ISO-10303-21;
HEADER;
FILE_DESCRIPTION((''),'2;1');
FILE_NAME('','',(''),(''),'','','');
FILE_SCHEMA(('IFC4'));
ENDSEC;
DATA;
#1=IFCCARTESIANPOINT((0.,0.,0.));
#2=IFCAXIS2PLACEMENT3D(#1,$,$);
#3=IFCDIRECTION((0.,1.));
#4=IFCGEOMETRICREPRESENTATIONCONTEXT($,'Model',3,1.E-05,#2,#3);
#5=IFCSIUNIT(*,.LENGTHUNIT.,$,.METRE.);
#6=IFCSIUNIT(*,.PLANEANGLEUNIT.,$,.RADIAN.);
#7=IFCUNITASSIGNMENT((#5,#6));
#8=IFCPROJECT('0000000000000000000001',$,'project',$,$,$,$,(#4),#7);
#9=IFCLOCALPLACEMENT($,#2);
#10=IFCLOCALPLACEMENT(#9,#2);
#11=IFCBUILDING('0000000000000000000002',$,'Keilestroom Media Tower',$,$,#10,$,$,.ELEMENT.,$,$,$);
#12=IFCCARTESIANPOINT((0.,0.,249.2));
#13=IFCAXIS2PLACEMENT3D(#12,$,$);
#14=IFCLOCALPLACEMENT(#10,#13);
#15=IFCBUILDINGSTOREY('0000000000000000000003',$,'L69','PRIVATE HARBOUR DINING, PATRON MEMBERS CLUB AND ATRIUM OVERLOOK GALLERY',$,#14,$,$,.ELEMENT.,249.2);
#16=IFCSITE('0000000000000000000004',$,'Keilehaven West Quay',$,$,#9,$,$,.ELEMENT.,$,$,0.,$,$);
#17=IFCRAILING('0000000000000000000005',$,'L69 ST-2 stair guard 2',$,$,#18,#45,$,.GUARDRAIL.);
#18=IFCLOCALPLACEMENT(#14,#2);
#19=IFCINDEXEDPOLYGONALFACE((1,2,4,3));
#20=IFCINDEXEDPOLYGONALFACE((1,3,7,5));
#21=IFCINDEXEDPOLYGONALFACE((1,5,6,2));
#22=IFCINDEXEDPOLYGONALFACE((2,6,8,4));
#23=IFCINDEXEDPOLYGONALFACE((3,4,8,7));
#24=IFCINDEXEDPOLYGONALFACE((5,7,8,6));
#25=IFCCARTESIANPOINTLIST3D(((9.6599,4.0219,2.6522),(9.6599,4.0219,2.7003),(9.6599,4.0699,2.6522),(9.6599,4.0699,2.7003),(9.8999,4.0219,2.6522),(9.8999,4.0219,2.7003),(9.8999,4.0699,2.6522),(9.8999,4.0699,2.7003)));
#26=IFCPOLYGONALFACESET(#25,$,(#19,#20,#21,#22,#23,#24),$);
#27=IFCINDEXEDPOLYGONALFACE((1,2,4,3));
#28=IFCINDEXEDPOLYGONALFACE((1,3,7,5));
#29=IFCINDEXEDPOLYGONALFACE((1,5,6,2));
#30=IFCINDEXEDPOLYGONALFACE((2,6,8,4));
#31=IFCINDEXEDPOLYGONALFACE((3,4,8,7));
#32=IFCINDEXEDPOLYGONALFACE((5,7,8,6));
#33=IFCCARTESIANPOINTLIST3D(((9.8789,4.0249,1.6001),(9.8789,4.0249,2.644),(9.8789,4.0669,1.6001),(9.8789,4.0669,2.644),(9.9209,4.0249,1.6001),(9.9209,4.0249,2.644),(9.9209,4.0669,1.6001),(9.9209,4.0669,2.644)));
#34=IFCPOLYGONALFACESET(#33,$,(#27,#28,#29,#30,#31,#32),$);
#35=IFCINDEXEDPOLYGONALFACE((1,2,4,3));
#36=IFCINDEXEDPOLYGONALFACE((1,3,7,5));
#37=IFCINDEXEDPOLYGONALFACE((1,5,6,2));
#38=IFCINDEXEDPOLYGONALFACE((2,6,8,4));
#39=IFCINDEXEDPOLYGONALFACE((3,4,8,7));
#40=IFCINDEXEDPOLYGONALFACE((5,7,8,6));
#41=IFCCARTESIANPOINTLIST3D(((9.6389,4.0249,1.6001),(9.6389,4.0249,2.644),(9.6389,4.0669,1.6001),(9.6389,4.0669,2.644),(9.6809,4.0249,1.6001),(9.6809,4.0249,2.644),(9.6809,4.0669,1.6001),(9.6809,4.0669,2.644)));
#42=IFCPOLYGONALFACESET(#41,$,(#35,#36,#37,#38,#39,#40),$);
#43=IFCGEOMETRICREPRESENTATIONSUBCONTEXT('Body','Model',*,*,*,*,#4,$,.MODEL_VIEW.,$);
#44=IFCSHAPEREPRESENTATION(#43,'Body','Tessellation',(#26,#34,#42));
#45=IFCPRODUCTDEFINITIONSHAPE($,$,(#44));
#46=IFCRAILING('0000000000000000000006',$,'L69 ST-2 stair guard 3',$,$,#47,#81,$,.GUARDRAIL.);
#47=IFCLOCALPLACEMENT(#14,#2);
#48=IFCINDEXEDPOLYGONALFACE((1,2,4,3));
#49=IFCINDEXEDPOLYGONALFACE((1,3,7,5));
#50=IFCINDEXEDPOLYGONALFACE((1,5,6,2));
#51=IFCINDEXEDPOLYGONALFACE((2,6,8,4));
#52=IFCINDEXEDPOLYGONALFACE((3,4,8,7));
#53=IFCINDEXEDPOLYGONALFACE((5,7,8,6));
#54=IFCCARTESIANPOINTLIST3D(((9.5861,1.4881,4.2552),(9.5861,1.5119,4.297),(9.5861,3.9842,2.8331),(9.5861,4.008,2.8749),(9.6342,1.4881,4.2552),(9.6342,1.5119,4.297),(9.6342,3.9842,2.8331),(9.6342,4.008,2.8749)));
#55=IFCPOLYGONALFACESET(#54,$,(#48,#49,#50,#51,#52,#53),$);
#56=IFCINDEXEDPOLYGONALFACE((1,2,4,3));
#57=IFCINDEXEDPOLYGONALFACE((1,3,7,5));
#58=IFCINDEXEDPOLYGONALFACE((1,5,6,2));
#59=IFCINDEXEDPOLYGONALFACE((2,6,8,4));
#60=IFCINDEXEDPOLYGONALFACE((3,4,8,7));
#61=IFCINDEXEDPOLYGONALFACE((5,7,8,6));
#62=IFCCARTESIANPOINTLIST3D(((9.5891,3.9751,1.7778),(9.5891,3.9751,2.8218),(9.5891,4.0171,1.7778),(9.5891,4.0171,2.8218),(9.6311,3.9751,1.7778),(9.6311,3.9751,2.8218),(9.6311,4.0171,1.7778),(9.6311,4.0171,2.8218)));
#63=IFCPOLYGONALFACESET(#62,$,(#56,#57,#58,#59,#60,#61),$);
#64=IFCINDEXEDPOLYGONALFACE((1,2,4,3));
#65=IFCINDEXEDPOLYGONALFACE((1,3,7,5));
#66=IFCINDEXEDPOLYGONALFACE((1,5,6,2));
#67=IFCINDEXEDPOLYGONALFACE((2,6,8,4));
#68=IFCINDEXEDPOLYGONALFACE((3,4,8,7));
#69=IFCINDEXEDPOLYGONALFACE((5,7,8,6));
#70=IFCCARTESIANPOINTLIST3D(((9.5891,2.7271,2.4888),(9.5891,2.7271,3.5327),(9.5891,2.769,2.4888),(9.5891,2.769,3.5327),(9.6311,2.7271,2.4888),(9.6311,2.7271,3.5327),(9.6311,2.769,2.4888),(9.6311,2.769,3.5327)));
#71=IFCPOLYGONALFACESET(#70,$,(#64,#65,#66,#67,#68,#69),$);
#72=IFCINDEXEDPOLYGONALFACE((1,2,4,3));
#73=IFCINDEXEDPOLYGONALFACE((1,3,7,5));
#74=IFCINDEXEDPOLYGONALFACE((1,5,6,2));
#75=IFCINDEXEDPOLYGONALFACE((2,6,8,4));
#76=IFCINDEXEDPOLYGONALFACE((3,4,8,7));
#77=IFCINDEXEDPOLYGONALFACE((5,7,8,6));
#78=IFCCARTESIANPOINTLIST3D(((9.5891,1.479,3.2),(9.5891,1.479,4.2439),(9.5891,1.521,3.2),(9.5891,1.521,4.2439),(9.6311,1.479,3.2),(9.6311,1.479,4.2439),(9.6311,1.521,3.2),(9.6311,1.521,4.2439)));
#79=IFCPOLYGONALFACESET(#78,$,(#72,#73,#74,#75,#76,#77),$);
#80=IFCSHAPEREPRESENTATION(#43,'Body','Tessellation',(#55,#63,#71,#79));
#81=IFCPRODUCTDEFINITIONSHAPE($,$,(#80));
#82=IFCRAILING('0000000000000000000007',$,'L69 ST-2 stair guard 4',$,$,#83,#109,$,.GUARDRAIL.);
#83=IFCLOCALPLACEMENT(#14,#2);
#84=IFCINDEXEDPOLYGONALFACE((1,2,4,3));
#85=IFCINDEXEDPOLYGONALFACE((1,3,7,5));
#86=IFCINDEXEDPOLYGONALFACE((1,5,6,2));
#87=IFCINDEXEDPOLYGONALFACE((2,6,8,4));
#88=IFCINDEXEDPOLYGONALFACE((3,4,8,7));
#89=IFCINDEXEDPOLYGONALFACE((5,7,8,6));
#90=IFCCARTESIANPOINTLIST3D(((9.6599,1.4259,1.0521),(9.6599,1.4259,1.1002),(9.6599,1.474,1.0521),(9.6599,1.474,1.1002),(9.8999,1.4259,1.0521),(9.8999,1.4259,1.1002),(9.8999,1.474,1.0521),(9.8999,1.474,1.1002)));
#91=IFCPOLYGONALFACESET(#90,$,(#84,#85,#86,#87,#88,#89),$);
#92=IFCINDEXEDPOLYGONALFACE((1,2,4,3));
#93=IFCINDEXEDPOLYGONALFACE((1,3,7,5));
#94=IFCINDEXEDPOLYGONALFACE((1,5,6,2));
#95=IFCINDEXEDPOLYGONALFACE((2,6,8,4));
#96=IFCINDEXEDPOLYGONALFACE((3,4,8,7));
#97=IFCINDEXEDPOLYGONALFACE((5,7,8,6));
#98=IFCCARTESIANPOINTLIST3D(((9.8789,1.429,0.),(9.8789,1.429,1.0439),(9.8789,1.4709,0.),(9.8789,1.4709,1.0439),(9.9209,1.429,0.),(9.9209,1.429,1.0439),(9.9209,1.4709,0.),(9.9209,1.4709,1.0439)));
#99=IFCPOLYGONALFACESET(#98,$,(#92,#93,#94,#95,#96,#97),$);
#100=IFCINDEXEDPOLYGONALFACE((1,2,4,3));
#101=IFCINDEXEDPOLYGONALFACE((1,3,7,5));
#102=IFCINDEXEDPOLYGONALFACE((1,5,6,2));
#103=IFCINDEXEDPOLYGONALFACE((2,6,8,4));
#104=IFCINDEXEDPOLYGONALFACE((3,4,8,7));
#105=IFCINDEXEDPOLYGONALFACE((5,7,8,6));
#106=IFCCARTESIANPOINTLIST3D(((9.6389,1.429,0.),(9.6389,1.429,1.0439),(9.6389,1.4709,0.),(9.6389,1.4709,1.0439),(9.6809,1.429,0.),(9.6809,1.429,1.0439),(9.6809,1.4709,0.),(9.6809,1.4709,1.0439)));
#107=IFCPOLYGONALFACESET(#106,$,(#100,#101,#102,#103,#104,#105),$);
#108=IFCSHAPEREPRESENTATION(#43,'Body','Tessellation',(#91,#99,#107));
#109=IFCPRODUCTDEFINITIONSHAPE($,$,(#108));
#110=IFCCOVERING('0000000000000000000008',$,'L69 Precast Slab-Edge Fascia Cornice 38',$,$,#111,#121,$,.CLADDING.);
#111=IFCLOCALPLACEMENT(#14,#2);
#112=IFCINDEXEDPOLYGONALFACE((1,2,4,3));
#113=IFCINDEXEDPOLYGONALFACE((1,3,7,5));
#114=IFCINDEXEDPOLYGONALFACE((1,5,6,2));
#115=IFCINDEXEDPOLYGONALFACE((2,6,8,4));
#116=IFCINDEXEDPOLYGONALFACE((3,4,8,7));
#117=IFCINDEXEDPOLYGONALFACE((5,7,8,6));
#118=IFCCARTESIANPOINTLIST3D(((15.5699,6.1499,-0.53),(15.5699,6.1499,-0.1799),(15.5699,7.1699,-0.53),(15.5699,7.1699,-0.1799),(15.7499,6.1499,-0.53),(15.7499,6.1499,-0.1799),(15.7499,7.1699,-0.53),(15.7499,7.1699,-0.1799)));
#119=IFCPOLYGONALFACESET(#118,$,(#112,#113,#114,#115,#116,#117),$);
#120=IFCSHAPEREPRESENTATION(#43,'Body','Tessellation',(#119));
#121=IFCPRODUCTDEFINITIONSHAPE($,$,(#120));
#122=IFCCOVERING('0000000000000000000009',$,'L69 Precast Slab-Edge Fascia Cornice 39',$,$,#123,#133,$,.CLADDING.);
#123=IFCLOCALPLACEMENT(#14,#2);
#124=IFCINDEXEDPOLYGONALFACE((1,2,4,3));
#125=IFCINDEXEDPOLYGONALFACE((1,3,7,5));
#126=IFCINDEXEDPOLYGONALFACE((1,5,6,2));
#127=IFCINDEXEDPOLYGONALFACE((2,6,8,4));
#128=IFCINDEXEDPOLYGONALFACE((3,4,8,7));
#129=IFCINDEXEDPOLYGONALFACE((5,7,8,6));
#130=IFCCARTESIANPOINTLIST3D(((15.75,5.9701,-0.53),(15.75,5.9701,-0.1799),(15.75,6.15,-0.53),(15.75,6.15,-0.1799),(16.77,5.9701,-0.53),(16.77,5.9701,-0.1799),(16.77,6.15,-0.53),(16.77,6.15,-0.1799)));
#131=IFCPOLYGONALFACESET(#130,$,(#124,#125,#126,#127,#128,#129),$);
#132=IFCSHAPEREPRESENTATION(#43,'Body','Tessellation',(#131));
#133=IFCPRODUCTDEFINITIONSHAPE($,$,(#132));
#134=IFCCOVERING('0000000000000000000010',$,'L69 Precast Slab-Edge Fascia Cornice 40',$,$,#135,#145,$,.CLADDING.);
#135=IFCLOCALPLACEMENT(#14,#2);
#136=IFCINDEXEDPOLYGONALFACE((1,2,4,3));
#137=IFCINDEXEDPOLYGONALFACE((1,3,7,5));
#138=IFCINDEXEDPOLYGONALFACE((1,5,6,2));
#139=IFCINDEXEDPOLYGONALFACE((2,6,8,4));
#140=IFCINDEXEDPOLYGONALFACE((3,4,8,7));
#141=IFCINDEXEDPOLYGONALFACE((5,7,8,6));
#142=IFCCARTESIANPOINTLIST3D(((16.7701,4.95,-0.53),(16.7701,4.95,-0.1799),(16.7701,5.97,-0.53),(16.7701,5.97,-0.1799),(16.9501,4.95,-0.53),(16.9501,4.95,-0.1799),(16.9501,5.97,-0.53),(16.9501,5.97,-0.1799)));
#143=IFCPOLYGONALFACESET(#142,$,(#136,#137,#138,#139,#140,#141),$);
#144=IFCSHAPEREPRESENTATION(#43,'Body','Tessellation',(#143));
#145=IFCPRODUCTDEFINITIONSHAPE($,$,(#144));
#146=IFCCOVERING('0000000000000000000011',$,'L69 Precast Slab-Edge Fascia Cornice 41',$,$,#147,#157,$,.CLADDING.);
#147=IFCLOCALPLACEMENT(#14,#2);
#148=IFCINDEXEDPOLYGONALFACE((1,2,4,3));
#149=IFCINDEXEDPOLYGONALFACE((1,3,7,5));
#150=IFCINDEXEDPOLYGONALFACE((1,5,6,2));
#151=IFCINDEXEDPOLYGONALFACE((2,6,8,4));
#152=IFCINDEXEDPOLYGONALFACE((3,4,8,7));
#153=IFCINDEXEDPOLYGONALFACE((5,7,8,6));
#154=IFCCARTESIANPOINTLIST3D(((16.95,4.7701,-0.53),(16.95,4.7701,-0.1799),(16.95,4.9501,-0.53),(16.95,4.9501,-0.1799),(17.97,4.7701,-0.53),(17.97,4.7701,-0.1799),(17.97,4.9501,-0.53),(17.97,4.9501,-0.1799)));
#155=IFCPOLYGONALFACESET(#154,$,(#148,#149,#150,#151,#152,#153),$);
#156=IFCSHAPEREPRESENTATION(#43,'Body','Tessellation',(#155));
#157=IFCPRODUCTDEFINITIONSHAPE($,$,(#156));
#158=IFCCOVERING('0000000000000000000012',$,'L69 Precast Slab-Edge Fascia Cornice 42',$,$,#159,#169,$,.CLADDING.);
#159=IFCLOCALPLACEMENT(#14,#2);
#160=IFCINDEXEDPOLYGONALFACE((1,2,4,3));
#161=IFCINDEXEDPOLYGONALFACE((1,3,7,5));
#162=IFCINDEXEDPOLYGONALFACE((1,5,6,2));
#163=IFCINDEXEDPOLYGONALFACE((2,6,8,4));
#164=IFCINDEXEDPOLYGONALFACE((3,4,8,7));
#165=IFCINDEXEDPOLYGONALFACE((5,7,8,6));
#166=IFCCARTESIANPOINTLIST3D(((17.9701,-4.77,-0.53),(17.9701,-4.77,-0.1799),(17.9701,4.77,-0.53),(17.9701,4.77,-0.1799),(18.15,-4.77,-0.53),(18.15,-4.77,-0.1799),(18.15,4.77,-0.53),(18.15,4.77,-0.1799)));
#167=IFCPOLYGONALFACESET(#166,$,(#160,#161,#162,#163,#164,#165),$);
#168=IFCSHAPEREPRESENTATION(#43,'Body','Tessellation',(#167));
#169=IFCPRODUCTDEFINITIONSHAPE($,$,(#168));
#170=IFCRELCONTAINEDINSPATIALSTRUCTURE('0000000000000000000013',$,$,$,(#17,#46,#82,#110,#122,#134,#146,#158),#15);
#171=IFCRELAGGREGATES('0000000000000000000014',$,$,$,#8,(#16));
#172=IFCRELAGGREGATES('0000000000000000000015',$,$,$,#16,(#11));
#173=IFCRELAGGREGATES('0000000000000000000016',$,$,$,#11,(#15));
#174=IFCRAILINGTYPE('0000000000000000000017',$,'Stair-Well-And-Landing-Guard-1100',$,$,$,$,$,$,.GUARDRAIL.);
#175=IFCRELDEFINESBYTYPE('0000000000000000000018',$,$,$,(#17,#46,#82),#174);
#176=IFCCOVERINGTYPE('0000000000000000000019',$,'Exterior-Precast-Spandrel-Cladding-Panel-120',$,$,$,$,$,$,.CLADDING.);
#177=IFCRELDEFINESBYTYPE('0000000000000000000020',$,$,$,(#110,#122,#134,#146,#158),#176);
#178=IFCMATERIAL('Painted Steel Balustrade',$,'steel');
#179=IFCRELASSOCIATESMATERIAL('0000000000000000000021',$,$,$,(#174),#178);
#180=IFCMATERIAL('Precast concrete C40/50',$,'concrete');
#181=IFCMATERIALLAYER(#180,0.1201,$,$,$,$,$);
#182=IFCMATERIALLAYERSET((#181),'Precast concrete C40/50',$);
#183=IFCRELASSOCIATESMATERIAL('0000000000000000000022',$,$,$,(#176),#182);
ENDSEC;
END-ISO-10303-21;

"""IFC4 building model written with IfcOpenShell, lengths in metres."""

from ifc_helpers import new_model, si_unit, direction, frame, origin, origin_2d, place, context, subcontext, project, spatial, rectangle, extrude, source, transform, mapped, material, layer, layer_set, type_object, element, save


model = new_model("IFC4")

# Units and contexts
model_context = context("Model", 3, precision=1e-05, world=origin(), true_north=direction((0.0, 1.0)))
body_context = subcontext(model_context, "Body", "Model", "MODEL_VIEW")
ifc_project = project(units=[si_unit("LENGTHUNIT", "METRE"), si_unit("PLANEANGLEUNIT", "RADIAN")], contexts=[model_context])

# Site, building, storey
site_placement = place(None, origin())
site = spatial("IfcSite", under=ifc_project, at=site_placement, Name="Keilehaven West Quay", CompositionType="ELEMENT", RefElevation=0.0)
building_placement = place(site_placement, origin())
building = spatial("IfcBuilding", under=site, at=building_placement, Name="Keilestroom Media Tower", CompositionType="ELEMENT")
storey_placement = place(building_placement, frame((0.0, 0.0, 249.2)))
storey = spatial("IfcBuildingStorey", under=building, at=storey_placement, Name="L69", Description="PRIVATE HARBOUR DINING, PATRON MEMBERS CLUB AND ATRIUM OVERLOOK GALLERY", CompositionType="ELEMENT", Elevation=249.2)

# Shared definitions
ifc_material_1 = material(Name="Precast concrete C40/50", Category="concrete")

# Railings
ifc_material_2 = material(Name="Painted Steel Balustrade", Category="steel")
railing_type_1 = type_object("IfcRailingType", Name="Stair-Well-And-Landing-Guard-1100", PredefinedType="GUARDRAIL", material=ifc_material_2)
railing_1_placement = place(storey_placement, frame((9.8999, 4.0459, 1.6001)))
element("IfcRailing", 1, at=railing_1_placement, inside=storey, type_object=railing_type_1, Name="L69 ST-2 stair guard 2", PredefinedType="GUARDRAIL", context=body_context, shape_type="SweptSolid", body=[
    extrude(rectangle(XDim=0.0481, YDim=0.0481, at=origin_2d()), frame((0.0, 0.0, 1.0762), z_axis=(-1.0, 0.0, 0.0), x_axis=(0.0, -1.0, 0.0)), (0.0, 0.0, 1.0), 0.24),
    extrude(rectangle(XDim=0.042, YDim=0.042, at=origin_2d()), origin(), (0.0, 0.0, 1.0), 1.0439),
    extrude(rectangle(XDim=0.042, YDim=0.042, at=origin_2d()), frame((-0.24, 0.0, 0.0)), (0.0, 0.0, 1.0), 1.0439),
])
railing_2_placement = place(storey_placement, frame((9.6101, 3.9961, 1.7778)))
element("IfcRailing", 2, at=railing_2_placement, inside=storey, type_object=railing_type_1, Name="L69 ST-2 stair guard 3", PredefinedType="GUARDRAIL", context=body_context, shape_type="SweptSolid", body=[
    extrude(rectangle(XDim=0.0481, YDim=0.0481, at=origin_2d()), frame((0.0, 0.0, 1.0762), z_axis=(0.0, -0.868875, 0.495031), x_axis=(1.0, 0.0, 0.0)), (0.0, 0.0, 1.0), 2.8728),
    extrude(rectangle(XDim=0.042, YDim=0.042, at=origin_2d()), origin(), (0.0, 0.0, 1.0), 1.0439),
    extrude(rectangle(XDim=0.042, YDim=0.042, at=origin_2d()), frame((0.0, -1.248, 0.7109)), (0.0, 0.0, 1.0), 1.0439),
    extrude(rectangle(XDim=0.042, YDim=0.042, at=origin_2d()), frame((0.0, -2.4961, 1.4221)), (0.0, 0.0, 1.0), 1.0439),
])
railing_3_placement = place(storey_placement, frame((9.8999, 1.45, 0.0)))
element("IfcRailing", 3, at=railing_3_placement, inside=storey, type_object=railing_type_1, Name="L69 ST-2 stair guard 4", PredefinedType="GUARDRAIL", context=body_context, shape_type="SweptSolid", body=[
    extrude(rectangle(XDim=0.0481, YDim=0.0481, at=origin_2d()), frame((0.0, 0.0, 1.0762), z_axis=(-1.0, 0.0, 0.0), x_axis=(0.0, -1.0, 0.0)), (0.0, 0.0, 1.0), 0.24),
    extrude(rectangle(XDim=0.042, YDim=0.042, at=origin_2d()), origin(), (0.0, 0.0, 1.0), 1.0439),
    extrude(rectangle(XDim=0.042, YDim=0.042, at=origin_2d()), frame((-0.24, 0.0, 0.0)), (0.0, 0.0, 1.0), 1.0439),
])

# Coverings
ifc_layer_1 = layer(ifc_material_1, 0.1201)
ifc_layer_set_1 = layer_set([ifc_layer_1], Name="Precast concrete C40/50")
covering_type = type_object("IfcCoveringType", Name="Exterior-Precast-Spandrel-Cladding-Panel-120", PredefinedType="CLADDING", material=ifc_layer_set_1)
shared_shape_1 = source(origin(), body_context, "Body", "SweptSolid", [
    extrude(rectangle(XDim=1.02, YDim=0.1799, at=origin_2d()), origin(), (0.0, 0.0, 1.0), 0.3501),
])
for number, where, z_axis, x_axis, name in (
    (4, (15.6599, 6.6599, -0.53), (0.0, 0.0, 1.0), (0.0, -1.0, 0.0), "L69 Precast Slab-Edge Fascia Cornice 38"),
    (5, (16.26, 6.0601, -0.53), (0.0, 0.0, 1.0), (1.0, 0.0, 0.0), "L69 Precast Slab-Edge Fascia Cornice 39"),
    (6, (16.8601, 5.46, -0.53), (0.0, 0.0, 1.0), (0.0, -1.0, 0.0), "L69 Precast Slab-Edge Fascia Cornice 40"),
    (7, (17.46, 4.8601, -0.53), (0.0, 0.0, 1.0), (1.0, 0.0, 0.0), "L69 Precast Slab-Edge Fascia Cornice 41"),
):
    element("IfcCovering", number, at=place(storey_placement, frame(where, z_axis=z_axis, x_axis=x_axis)), inside=storey, type_object=covering_type, Name=name, PredefinedType="CLADDING", context=body_context, shape_type="MappedRepresentation", body=[
        mapped(shared_shape_1, transform((0.0, 0.0, 0.0), x_axis=(1.0, 0.0, 0.0), y_axis=(0.0, 1.0, 0.0), z_axis=(0.0, 0.0, 1.0), scale=1.0)),
    ])
shared_shape_2 = source(origin(), body_context, "Body", "SweptSolid", [
    extrude(rectangle(XDim=9.54, YDim=0.1799, at=origin_2d()), origin(), (0.0, 0.0, 1.0), 0.3501),
])
covering_placement = place(storey_placement, frame((18.0601, 0.0, -0.53), z_axis=(0.0, 0.0, 1.0), x_axis=(0.0, -1.0, 0.0)))
element("IfcCovering", 8, at=covering_placement, inside=storey, type_object=covering_type, Name="L69 Precast Slab-Edge Fascia Cornice 42", PredefinedType="CLADDING", context=body_context, shape_type="MappedRepresentation", body=[
    mapped(shared_shape_2, transform((0.0, 0.0, 0.0), x_axis=(1.0, 0.0, 0.0), y_axis=(0.0, 1.0, 0.0), z_axis=(0.0, 0.0, 1.0), scale=1.0)),
])

save(model, "model.ifc")
